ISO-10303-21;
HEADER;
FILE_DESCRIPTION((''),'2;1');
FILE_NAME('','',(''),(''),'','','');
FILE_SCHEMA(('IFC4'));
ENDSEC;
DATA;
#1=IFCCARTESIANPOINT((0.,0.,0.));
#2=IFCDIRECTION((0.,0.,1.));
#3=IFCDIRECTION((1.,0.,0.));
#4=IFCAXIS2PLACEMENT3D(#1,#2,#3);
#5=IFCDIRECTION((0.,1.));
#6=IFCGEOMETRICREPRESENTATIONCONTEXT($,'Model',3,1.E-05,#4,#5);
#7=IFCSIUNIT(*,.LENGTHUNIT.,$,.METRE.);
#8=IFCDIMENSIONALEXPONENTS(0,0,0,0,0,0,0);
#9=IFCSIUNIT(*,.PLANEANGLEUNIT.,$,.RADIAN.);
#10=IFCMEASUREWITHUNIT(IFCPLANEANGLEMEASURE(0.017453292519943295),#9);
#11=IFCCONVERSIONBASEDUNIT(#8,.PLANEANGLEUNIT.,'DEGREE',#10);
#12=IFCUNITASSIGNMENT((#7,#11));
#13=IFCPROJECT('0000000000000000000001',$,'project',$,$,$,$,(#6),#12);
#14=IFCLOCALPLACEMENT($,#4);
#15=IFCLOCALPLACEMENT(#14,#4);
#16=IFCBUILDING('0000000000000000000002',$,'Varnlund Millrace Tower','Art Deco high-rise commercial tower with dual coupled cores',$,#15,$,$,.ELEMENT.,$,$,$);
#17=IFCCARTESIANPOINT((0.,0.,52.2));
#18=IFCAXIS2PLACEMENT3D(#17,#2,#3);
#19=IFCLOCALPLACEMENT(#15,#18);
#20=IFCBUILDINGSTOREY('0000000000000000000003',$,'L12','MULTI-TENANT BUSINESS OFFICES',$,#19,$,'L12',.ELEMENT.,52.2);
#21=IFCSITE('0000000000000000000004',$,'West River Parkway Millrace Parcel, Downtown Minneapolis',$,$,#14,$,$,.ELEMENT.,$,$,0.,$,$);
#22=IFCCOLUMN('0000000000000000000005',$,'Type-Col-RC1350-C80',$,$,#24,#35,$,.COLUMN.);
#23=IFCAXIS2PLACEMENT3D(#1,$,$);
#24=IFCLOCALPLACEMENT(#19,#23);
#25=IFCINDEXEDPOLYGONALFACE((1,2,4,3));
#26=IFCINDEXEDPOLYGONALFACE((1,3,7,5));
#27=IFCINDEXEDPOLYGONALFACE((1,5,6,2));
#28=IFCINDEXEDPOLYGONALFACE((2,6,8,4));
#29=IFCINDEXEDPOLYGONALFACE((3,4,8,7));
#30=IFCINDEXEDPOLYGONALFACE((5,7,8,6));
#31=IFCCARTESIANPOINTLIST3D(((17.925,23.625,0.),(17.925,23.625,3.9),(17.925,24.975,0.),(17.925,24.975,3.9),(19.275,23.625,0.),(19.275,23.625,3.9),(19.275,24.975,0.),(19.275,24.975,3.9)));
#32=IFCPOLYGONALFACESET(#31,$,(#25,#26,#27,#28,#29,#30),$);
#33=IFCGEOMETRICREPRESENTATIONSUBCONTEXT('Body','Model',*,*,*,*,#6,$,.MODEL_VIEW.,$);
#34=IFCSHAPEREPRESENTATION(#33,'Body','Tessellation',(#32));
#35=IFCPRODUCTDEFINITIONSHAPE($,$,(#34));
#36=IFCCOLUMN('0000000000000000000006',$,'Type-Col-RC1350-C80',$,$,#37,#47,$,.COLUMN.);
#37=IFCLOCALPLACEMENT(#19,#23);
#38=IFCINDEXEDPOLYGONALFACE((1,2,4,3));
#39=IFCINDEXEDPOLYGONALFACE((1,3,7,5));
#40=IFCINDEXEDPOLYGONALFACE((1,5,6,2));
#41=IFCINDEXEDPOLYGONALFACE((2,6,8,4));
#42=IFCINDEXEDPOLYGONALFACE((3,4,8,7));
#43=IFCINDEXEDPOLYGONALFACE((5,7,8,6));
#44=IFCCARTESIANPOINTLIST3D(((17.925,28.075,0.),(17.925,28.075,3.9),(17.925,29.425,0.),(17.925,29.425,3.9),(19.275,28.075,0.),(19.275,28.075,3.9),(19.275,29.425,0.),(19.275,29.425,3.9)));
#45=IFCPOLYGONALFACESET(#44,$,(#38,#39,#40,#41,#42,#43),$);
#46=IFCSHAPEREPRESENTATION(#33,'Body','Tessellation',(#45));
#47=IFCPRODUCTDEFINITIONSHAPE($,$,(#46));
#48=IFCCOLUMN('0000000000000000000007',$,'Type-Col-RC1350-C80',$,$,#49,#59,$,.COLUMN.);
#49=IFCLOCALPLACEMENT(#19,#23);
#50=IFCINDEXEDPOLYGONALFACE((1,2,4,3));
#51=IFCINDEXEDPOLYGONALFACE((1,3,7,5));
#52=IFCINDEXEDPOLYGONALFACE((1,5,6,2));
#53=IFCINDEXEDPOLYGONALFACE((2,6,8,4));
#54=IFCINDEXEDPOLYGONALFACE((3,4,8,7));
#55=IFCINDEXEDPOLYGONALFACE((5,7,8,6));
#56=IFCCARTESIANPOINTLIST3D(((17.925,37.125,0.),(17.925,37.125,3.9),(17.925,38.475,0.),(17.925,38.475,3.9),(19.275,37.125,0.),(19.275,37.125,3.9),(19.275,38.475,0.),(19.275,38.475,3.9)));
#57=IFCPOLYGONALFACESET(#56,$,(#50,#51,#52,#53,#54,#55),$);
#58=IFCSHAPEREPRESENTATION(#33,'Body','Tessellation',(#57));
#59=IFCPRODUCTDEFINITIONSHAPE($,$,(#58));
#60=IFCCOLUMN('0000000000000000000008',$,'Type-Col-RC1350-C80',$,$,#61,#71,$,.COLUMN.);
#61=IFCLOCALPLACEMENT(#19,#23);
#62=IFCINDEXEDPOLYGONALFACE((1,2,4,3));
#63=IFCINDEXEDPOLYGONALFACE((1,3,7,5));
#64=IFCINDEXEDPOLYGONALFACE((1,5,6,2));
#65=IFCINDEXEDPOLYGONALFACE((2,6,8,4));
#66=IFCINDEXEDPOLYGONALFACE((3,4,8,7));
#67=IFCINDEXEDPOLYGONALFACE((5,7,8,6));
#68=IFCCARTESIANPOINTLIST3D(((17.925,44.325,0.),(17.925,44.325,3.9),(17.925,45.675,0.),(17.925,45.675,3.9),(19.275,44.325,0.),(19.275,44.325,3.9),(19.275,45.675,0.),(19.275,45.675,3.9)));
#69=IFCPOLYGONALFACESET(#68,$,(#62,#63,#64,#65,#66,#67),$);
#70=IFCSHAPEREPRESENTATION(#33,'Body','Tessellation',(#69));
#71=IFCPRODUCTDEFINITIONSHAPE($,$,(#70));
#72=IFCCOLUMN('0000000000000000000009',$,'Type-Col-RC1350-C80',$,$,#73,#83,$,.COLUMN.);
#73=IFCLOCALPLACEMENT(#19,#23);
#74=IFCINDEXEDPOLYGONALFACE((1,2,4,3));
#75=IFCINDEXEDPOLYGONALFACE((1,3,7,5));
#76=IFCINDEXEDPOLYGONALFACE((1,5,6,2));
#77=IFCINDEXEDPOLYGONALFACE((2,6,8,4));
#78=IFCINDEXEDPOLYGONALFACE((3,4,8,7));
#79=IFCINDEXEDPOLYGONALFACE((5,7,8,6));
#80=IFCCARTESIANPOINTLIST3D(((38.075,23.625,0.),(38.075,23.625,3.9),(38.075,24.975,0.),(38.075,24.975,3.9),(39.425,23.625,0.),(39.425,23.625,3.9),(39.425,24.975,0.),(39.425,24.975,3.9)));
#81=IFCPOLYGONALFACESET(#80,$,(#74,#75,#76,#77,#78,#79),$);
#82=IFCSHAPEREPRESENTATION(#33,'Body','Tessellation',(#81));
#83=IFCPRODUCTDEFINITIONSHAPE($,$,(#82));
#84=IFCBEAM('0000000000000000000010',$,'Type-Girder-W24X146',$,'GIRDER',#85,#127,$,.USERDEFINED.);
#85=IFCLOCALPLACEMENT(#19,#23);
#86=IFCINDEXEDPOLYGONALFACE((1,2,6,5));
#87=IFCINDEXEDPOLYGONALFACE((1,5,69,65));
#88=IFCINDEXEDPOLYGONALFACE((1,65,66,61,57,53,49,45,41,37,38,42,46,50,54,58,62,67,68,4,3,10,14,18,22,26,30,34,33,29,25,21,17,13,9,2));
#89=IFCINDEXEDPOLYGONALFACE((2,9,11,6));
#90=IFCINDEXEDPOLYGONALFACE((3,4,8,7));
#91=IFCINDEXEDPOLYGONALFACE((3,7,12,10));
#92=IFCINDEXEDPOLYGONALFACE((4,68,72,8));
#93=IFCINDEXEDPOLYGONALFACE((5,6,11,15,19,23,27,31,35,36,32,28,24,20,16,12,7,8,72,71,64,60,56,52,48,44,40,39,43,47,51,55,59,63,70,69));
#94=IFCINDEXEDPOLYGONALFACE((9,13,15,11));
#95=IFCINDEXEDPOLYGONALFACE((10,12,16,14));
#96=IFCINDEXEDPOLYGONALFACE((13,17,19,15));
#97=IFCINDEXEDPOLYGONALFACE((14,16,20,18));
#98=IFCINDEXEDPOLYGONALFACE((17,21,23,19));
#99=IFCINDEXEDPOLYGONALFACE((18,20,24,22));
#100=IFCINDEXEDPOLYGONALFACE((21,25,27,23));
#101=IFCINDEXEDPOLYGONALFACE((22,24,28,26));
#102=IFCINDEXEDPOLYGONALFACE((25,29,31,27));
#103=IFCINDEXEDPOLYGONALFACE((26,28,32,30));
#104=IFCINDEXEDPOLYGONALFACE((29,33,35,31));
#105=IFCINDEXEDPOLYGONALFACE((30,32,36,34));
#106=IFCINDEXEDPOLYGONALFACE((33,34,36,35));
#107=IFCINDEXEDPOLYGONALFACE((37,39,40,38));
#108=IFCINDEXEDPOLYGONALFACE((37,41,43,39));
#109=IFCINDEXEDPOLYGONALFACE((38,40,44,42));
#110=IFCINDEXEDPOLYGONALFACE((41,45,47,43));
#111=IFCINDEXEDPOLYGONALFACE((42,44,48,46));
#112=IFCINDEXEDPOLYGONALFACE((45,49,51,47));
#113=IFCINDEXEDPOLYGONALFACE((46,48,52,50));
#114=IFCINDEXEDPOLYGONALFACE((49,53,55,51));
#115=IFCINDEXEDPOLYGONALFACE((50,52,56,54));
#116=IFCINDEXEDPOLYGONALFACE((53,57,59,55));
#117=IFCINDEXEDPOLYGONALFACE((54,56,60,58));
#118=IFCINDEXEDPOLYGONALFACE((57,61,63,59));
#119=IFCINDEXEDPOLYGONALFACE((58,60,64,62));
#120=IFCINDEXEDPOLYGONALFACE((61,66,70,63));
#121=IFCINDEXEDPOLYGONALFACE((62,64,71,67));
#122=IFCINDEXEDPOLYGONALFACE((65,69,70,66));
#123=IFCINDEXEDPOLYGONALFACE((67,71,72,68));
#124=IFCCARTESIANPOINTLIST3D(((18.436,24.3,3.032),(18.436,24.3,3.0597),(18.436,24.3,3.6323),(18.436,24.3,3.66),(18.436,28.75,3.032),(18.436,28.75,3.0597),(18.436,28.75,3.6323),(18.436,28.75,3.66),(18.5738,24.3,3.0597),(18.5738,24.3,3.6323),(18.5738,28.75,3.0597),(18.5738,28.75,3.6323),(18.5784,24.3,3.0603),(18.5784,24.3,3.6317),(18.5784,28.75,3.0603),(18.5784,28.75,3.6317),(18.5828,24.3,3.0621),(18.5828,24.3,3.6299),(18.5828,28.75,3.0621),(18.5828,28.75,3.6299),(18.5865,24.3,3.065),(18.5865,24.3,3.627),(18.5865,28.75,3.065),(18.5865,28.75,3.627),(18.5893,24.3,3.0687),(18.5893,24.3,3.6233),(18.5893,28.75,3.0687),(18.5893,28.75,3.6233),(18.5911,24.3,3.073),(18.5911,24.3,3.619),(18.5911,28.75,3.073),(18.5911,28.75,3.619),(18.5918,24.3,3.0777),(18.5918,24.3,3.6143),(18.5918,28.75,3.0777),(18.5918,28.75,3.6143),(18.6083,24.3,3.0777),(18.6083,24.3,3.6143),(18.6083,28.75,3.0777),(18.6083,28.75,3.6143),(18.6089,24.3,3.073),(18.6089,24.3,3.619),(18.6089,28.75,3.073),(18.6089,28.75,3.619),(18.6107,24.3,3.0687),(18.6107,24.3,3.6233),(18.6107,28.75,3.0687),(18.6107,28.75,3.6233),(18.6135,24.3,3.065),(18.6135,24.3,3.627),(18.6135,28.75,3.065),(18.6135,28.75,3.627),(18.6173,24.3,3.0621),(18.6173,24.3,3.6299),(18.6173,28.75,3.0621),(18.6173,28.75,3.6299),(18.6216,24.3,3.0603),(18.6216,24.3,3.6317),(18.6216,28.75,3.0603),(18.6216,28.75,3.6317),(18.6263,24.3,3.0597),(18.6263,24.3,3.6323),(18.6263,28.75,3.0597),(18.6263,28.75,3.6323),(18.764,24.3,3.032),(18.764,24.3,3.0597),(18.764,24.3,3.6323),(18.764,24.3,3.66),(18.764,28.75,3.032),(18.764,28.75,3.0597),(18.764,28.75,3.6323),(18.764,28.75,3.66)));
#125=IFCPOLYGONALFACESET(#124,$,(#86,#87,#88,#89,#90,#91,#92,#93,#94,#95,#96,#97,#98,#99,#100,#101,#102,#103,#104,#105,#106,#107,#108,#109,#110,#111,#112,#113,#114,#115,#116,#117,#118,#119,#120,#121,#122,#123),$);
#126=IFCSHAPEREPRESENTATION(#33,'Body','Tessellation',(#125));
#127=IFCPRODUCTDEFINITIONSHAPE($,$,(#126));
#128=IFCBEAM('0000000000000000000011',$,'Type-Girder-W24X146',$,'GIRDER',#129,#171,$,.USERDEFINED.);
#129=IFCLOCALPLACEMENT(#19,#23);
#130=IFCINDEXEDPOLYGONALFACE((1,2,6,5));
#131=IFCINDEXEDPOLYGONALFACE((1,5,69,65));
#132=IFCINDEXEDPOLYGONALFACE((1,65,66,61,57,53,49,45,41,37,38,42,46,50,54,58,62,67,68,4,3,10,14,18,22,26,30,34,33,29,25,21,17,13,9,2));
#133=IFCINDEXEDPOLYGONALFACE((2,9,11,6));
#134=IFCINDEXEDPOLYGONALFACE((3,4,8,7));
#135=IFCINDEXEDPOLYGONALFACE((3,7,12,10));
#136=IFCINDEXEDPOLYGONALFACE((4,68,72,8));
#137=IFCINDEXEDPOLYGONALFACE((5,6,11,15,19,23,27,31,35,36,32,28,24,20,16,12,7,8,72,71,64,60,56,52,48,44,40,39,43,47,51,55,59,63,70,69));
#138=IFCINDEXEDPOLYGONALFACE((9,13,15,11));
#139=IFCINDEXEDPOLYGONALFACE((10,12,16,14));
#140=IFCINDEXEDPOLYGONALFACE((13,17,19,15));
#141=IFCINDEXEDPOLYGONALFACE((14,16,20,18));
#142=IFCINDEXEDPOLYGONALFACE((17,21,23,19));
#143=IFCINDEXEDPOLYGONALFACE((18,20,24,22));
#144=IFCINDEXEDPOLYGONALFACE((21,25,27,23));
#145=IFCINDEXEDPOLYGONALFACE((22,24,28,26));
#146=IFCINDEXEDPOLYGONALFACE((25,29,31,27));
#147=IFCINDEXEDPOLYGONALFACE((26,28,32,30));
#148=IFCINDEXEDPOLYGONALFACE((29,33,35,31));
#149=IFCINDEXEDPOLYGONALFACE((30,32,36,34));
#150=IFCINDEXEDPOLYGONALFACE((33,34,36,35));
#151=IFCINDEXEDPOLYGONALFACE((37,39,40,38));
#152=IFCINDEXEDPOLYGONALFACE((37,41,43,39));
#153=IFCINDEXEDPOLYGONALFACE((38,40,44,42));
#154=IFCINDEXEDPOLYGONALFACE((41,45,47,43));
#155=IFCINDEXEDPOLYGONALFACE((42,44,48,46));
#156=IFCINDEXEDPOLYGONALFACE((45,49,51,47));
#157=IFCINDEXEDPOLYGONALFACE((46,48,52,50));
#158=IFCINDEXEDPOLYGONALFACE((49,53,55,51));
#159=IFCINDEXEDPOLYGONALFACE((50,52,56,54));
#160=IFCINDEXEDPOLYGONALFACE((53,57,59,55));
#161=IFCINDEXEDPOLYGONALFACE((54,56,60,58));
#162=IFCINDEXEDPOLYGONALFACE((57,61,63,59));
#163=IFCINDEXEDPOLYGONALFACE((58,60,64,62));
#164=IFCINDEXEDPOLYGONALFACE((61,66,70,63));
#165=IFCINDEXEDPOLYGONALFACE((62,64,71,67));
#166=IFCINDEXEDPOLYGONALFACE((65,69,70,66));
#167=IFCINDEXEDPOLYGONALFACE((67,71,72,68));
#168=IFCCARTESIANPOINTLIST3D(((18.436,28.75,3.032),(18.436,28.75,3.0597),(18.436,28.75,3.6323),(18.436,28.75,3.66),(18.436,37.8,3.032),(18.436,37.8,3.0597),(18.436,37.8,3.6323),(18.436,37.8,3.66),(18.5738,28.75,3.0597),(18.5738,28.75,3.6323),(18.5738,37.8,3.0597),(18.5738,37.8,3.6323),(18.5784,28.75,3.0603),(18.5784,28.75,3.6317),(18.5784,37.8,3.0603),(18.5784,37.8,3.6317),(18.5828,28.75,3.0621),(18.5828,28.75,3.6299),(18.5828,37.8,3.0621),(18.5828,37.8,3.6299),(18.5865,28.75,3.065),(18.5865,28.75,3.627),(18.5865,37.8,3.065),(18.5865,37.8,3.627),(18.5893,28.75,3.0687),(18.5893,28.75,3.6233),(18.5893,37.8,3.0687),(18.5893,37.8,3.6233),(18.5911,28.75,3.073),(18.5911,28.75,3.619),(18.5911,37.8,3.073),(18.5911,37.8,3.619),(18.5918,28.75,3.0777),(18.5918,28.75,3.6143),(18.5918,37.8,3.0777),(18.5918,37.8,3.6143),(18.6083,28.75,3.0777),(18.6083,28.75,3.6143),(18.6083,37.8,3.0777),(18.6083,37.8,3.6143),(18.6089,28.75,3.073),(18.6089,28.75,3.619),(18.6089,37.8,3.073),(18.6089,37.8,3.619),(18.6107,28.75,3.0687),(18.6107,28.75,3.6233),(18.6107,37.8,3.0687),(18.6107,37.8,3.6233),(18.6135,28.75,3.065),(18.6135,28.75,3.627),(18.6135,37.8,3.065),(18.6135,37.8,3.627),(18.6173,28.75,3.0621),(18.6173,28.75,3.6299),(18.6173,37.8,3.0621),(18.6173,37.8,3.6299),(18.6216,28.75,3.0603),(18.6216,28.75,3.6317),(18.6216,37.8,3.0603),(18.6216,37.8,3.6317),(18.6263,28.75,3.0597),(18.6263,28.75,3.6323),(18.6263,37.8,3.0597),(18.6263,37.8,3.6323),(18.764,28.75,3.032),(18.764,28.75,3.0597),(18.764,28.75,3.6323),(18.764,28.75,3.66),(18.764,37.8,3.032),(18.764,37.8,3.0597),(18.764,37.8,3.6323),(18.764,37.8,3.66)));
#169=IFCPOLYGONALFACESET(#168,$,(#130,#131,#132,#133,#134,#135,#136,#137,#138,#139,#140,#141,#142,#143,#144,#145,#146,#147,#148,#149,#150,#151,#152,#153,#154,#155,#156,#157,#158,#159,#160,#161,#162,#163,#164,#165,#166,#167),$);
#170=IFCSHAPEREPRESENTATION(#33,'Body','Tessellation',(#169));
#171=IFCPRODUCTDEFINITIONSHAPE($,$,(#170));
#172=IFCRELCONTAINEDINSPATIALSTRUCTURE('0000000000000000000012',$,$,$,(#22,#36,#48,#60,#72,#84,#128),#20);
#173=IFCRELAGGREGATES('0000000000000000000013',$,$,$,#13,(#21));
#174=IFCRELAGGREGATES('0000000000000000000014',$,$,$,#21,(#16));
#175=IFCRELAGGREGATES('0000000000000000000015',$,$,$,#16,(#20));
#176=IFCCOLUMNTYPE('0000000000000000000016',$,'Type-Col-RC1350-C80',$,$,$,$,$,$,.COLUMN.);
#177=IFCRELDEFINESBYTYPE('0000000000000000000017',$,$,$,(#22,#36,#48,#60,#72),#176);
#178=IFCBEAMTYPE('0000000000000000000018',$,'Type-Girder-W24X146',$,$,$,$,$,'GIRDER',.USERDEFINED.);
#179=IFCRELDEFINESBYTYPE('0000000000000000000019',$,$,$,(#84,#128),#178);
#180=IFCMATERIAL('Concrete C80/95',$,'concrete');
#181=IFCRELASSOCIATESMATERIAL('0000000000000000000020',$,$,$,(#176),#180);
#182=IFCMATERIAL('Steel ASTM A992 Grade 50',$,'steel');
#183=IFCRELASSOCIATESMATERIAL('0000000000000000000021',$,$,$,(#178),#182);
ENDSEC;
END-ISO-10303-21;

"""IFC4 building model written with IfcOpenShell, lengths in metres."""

from ifc_helpers import new_model, entity, si_unit, converted_unit, direction, frame, origin_with_axes, origin_2d_with_axis, place, context, subcontext, project, spatial, rectangle, i_section, extrude, material, material_profile, profile_set, type_object, element, save


model = new_model("IFC4")

# Units and contexts
model_context = context("Model", 3, precision=1e-05, world=origin_with_axes(), true_north=direction((0.0, 1.0)))
body_context = subcontext(model_context, "Body", "Model", "MODEL_VIEW")
ifc_project = project(units=[si_unit("LENGTHUNIT", "METRE"), converted_unit("PLANEANGLEUNIT", "DEGREE", entity("IfcPlaneAngleMeasure", 0.017453292519943295), si_unit("PLANEANGLEUNIT", "RADIAN"), dimensions=[0, 0, 0, 0, 0, 0, 0])], contexts=[model_context])

# Site, building, storey
site_placement = place(None, origin_with_axes())
site = spatial("IfcSite", under=ifc_project, at=site_placement, Name="West River Parkway Millrace Parcel, Downtown Minneapolis", CompositionType="ELEMENT", RefElevation=0.0)
building_placement = place(site_placement, origin_with_axes())
building = spatial("IfcBuilding", under=site, at=building_placement, Name="Varnlund Millrace Tower", Description="Art Deco high-rise commercial tower with dual coupled cores", CompositionType="ELEMENT")
storey_placement = place(building_placement, frame((0.0, 0.0, 52.2), z_axis=(0.0, 0.0, 1.0), x_axis=(1.0, 0.0, 0.0)))
storey = spatial("IfcBuildingStorey", under=building, at=storey_placement, Name="L12", Description="MULTI-TENANT BUSINESS OFFICES", LongName="L12", CompositionType="ELEMENT", Elevation=52.2)

# Columns
ifc_material_1 = material(Name="Concrete C80/95", Category="concrete")
ifc_material_profile_1 = material_profile(ifc_material_1, rectangle(XDim=1.35, YDim=1.35, at=origin_2d_with_axis()), Name="Concrete C80/95")
ifc_profile_set_1 = profile_set([ifc_material_profile_1], Name="Concrete C80/95")
column_type = type_object("IfcColumnType", Name="Type-Col-RC1350-C80", PredefinedType="COLUMN", material=ifc_profile_set_1)
for number, where, z_axis, x_axis, name in (
    (1, (18.6, 24.3, 0.0), (0.0, 0.0, 1.0), (1.0, 0.0, 0.0), "Type-Col-RC1350-C80"),
    (2, (18.6, 28.75, 0.0), (0.0, 0.0, 1.0), (1.0, 0.0, 0.0), "Type-Col-RC1350-C80"),
    (3, (18.6, 37.8, 0.0), (0.0, 0.0, 1.0), (1.0, 0.0, 0.0), "Type-Col-RC1350-C80"),
    (4, (18.6, 45.0, 0.0), (0.0, 0.0, 1.0), (1.0, 0.0, 0.0), "Type-Col-RC1350-C80"),
    (5, (38.75, 24.3, 0.0), (0.0, 0.0, 1.0), (1.0, 0.0, 0.0), "Type-Col-RC1350-C80"),
):
    element("IfcColumn", number, at=place(storey_placement, frame(where, z_axis=z_axis, x_axis=x_axis)), inside=storey, type_object=column_type, Name=name, PredefinedType="COLUMN", context=body_context, shape_type="SweptSolid", body=[
        extrude(rectangle(XDim=1.35, YDim=1.35, at=origin_2d_with_axis()), origin_with_axes(), (0.0, 0.0, 1.0), 3.9),
    ])

# Beams
ifc_material_2 = material(Name="Steel ASTM A992 Grade 50", Category="steel")
ifc_material_profile_2 = material_profile(ifc_material_2, i_section(OverallWidth=0.328, OverallDepth=0.628, WebThickness=0.0165, FlangeThickness=0.0277, FilletRadius=0.018, at=origin_2d_with_axis()), Name="Steel ASTM A992 Grade 50")
ifc_profile_set_2 = profile_set([ifc_material_profile_2], Name="Steel ASTM A992 Grade 50")
beam_type_1 = type_object("IfcBeamType", Name="Type-Girder-W24X146", ElementType="GIRDER", PredefinedType="USERDEFINED", material=ifc_profile_set_2)
beam_1_placement = place(storey_placement, frame((18.6, 24.3, 3.346), z_axis=(0.0, 1.0, 0.0), x_axis=(-1.0, 0.0, 0.0)))
element("IfcBeam", 6, at=beam_1_placement, inside=storey, type_object=beam_type_1, Name="Type-Girder-W24X146", ObjectType="GIRDER", PredefinedType="USERDEFINED", context=body_context, shape_type="SweptSolid", body=[
    extrude(i_section(OverallWidth=0.328, OverallDepth=0.628, WebThickness=0.0165, FlangeThickness=0.0277, FilletRadius=0.018, at=origin_2d_with_axis()), origin_with_axes(), (0.0, 0.0, 1.0), 4.45),
])
beam_2_placement = place(storey_placement, frame((18.6, 28.75, 3.346), z_axis=(0.0, 1.0, 0.0), x_axis=(-1.0, 0.0, 0.0)))
element("IfcBeam", 7, at=beam_2_placement, inside=storey, type_object=beam_type_1, Name="Type-Girder-W24X146", ObjectType="GIRDER", PredefinedType="USERDEFINED", context=body_context, shape_type="SweptSolid", body=[
    extrude(i_section(OverallWidth=0.328, OverallDepth=0.628, WebThickness=0.0165, FlangeThickness=0.0277, FilletRadius=0.018, at=origin_2d_with_axis()), origin_with_axes(), (0.0, 0.0, 1.0), 9.05),
])

save(model, "model.ifc")
